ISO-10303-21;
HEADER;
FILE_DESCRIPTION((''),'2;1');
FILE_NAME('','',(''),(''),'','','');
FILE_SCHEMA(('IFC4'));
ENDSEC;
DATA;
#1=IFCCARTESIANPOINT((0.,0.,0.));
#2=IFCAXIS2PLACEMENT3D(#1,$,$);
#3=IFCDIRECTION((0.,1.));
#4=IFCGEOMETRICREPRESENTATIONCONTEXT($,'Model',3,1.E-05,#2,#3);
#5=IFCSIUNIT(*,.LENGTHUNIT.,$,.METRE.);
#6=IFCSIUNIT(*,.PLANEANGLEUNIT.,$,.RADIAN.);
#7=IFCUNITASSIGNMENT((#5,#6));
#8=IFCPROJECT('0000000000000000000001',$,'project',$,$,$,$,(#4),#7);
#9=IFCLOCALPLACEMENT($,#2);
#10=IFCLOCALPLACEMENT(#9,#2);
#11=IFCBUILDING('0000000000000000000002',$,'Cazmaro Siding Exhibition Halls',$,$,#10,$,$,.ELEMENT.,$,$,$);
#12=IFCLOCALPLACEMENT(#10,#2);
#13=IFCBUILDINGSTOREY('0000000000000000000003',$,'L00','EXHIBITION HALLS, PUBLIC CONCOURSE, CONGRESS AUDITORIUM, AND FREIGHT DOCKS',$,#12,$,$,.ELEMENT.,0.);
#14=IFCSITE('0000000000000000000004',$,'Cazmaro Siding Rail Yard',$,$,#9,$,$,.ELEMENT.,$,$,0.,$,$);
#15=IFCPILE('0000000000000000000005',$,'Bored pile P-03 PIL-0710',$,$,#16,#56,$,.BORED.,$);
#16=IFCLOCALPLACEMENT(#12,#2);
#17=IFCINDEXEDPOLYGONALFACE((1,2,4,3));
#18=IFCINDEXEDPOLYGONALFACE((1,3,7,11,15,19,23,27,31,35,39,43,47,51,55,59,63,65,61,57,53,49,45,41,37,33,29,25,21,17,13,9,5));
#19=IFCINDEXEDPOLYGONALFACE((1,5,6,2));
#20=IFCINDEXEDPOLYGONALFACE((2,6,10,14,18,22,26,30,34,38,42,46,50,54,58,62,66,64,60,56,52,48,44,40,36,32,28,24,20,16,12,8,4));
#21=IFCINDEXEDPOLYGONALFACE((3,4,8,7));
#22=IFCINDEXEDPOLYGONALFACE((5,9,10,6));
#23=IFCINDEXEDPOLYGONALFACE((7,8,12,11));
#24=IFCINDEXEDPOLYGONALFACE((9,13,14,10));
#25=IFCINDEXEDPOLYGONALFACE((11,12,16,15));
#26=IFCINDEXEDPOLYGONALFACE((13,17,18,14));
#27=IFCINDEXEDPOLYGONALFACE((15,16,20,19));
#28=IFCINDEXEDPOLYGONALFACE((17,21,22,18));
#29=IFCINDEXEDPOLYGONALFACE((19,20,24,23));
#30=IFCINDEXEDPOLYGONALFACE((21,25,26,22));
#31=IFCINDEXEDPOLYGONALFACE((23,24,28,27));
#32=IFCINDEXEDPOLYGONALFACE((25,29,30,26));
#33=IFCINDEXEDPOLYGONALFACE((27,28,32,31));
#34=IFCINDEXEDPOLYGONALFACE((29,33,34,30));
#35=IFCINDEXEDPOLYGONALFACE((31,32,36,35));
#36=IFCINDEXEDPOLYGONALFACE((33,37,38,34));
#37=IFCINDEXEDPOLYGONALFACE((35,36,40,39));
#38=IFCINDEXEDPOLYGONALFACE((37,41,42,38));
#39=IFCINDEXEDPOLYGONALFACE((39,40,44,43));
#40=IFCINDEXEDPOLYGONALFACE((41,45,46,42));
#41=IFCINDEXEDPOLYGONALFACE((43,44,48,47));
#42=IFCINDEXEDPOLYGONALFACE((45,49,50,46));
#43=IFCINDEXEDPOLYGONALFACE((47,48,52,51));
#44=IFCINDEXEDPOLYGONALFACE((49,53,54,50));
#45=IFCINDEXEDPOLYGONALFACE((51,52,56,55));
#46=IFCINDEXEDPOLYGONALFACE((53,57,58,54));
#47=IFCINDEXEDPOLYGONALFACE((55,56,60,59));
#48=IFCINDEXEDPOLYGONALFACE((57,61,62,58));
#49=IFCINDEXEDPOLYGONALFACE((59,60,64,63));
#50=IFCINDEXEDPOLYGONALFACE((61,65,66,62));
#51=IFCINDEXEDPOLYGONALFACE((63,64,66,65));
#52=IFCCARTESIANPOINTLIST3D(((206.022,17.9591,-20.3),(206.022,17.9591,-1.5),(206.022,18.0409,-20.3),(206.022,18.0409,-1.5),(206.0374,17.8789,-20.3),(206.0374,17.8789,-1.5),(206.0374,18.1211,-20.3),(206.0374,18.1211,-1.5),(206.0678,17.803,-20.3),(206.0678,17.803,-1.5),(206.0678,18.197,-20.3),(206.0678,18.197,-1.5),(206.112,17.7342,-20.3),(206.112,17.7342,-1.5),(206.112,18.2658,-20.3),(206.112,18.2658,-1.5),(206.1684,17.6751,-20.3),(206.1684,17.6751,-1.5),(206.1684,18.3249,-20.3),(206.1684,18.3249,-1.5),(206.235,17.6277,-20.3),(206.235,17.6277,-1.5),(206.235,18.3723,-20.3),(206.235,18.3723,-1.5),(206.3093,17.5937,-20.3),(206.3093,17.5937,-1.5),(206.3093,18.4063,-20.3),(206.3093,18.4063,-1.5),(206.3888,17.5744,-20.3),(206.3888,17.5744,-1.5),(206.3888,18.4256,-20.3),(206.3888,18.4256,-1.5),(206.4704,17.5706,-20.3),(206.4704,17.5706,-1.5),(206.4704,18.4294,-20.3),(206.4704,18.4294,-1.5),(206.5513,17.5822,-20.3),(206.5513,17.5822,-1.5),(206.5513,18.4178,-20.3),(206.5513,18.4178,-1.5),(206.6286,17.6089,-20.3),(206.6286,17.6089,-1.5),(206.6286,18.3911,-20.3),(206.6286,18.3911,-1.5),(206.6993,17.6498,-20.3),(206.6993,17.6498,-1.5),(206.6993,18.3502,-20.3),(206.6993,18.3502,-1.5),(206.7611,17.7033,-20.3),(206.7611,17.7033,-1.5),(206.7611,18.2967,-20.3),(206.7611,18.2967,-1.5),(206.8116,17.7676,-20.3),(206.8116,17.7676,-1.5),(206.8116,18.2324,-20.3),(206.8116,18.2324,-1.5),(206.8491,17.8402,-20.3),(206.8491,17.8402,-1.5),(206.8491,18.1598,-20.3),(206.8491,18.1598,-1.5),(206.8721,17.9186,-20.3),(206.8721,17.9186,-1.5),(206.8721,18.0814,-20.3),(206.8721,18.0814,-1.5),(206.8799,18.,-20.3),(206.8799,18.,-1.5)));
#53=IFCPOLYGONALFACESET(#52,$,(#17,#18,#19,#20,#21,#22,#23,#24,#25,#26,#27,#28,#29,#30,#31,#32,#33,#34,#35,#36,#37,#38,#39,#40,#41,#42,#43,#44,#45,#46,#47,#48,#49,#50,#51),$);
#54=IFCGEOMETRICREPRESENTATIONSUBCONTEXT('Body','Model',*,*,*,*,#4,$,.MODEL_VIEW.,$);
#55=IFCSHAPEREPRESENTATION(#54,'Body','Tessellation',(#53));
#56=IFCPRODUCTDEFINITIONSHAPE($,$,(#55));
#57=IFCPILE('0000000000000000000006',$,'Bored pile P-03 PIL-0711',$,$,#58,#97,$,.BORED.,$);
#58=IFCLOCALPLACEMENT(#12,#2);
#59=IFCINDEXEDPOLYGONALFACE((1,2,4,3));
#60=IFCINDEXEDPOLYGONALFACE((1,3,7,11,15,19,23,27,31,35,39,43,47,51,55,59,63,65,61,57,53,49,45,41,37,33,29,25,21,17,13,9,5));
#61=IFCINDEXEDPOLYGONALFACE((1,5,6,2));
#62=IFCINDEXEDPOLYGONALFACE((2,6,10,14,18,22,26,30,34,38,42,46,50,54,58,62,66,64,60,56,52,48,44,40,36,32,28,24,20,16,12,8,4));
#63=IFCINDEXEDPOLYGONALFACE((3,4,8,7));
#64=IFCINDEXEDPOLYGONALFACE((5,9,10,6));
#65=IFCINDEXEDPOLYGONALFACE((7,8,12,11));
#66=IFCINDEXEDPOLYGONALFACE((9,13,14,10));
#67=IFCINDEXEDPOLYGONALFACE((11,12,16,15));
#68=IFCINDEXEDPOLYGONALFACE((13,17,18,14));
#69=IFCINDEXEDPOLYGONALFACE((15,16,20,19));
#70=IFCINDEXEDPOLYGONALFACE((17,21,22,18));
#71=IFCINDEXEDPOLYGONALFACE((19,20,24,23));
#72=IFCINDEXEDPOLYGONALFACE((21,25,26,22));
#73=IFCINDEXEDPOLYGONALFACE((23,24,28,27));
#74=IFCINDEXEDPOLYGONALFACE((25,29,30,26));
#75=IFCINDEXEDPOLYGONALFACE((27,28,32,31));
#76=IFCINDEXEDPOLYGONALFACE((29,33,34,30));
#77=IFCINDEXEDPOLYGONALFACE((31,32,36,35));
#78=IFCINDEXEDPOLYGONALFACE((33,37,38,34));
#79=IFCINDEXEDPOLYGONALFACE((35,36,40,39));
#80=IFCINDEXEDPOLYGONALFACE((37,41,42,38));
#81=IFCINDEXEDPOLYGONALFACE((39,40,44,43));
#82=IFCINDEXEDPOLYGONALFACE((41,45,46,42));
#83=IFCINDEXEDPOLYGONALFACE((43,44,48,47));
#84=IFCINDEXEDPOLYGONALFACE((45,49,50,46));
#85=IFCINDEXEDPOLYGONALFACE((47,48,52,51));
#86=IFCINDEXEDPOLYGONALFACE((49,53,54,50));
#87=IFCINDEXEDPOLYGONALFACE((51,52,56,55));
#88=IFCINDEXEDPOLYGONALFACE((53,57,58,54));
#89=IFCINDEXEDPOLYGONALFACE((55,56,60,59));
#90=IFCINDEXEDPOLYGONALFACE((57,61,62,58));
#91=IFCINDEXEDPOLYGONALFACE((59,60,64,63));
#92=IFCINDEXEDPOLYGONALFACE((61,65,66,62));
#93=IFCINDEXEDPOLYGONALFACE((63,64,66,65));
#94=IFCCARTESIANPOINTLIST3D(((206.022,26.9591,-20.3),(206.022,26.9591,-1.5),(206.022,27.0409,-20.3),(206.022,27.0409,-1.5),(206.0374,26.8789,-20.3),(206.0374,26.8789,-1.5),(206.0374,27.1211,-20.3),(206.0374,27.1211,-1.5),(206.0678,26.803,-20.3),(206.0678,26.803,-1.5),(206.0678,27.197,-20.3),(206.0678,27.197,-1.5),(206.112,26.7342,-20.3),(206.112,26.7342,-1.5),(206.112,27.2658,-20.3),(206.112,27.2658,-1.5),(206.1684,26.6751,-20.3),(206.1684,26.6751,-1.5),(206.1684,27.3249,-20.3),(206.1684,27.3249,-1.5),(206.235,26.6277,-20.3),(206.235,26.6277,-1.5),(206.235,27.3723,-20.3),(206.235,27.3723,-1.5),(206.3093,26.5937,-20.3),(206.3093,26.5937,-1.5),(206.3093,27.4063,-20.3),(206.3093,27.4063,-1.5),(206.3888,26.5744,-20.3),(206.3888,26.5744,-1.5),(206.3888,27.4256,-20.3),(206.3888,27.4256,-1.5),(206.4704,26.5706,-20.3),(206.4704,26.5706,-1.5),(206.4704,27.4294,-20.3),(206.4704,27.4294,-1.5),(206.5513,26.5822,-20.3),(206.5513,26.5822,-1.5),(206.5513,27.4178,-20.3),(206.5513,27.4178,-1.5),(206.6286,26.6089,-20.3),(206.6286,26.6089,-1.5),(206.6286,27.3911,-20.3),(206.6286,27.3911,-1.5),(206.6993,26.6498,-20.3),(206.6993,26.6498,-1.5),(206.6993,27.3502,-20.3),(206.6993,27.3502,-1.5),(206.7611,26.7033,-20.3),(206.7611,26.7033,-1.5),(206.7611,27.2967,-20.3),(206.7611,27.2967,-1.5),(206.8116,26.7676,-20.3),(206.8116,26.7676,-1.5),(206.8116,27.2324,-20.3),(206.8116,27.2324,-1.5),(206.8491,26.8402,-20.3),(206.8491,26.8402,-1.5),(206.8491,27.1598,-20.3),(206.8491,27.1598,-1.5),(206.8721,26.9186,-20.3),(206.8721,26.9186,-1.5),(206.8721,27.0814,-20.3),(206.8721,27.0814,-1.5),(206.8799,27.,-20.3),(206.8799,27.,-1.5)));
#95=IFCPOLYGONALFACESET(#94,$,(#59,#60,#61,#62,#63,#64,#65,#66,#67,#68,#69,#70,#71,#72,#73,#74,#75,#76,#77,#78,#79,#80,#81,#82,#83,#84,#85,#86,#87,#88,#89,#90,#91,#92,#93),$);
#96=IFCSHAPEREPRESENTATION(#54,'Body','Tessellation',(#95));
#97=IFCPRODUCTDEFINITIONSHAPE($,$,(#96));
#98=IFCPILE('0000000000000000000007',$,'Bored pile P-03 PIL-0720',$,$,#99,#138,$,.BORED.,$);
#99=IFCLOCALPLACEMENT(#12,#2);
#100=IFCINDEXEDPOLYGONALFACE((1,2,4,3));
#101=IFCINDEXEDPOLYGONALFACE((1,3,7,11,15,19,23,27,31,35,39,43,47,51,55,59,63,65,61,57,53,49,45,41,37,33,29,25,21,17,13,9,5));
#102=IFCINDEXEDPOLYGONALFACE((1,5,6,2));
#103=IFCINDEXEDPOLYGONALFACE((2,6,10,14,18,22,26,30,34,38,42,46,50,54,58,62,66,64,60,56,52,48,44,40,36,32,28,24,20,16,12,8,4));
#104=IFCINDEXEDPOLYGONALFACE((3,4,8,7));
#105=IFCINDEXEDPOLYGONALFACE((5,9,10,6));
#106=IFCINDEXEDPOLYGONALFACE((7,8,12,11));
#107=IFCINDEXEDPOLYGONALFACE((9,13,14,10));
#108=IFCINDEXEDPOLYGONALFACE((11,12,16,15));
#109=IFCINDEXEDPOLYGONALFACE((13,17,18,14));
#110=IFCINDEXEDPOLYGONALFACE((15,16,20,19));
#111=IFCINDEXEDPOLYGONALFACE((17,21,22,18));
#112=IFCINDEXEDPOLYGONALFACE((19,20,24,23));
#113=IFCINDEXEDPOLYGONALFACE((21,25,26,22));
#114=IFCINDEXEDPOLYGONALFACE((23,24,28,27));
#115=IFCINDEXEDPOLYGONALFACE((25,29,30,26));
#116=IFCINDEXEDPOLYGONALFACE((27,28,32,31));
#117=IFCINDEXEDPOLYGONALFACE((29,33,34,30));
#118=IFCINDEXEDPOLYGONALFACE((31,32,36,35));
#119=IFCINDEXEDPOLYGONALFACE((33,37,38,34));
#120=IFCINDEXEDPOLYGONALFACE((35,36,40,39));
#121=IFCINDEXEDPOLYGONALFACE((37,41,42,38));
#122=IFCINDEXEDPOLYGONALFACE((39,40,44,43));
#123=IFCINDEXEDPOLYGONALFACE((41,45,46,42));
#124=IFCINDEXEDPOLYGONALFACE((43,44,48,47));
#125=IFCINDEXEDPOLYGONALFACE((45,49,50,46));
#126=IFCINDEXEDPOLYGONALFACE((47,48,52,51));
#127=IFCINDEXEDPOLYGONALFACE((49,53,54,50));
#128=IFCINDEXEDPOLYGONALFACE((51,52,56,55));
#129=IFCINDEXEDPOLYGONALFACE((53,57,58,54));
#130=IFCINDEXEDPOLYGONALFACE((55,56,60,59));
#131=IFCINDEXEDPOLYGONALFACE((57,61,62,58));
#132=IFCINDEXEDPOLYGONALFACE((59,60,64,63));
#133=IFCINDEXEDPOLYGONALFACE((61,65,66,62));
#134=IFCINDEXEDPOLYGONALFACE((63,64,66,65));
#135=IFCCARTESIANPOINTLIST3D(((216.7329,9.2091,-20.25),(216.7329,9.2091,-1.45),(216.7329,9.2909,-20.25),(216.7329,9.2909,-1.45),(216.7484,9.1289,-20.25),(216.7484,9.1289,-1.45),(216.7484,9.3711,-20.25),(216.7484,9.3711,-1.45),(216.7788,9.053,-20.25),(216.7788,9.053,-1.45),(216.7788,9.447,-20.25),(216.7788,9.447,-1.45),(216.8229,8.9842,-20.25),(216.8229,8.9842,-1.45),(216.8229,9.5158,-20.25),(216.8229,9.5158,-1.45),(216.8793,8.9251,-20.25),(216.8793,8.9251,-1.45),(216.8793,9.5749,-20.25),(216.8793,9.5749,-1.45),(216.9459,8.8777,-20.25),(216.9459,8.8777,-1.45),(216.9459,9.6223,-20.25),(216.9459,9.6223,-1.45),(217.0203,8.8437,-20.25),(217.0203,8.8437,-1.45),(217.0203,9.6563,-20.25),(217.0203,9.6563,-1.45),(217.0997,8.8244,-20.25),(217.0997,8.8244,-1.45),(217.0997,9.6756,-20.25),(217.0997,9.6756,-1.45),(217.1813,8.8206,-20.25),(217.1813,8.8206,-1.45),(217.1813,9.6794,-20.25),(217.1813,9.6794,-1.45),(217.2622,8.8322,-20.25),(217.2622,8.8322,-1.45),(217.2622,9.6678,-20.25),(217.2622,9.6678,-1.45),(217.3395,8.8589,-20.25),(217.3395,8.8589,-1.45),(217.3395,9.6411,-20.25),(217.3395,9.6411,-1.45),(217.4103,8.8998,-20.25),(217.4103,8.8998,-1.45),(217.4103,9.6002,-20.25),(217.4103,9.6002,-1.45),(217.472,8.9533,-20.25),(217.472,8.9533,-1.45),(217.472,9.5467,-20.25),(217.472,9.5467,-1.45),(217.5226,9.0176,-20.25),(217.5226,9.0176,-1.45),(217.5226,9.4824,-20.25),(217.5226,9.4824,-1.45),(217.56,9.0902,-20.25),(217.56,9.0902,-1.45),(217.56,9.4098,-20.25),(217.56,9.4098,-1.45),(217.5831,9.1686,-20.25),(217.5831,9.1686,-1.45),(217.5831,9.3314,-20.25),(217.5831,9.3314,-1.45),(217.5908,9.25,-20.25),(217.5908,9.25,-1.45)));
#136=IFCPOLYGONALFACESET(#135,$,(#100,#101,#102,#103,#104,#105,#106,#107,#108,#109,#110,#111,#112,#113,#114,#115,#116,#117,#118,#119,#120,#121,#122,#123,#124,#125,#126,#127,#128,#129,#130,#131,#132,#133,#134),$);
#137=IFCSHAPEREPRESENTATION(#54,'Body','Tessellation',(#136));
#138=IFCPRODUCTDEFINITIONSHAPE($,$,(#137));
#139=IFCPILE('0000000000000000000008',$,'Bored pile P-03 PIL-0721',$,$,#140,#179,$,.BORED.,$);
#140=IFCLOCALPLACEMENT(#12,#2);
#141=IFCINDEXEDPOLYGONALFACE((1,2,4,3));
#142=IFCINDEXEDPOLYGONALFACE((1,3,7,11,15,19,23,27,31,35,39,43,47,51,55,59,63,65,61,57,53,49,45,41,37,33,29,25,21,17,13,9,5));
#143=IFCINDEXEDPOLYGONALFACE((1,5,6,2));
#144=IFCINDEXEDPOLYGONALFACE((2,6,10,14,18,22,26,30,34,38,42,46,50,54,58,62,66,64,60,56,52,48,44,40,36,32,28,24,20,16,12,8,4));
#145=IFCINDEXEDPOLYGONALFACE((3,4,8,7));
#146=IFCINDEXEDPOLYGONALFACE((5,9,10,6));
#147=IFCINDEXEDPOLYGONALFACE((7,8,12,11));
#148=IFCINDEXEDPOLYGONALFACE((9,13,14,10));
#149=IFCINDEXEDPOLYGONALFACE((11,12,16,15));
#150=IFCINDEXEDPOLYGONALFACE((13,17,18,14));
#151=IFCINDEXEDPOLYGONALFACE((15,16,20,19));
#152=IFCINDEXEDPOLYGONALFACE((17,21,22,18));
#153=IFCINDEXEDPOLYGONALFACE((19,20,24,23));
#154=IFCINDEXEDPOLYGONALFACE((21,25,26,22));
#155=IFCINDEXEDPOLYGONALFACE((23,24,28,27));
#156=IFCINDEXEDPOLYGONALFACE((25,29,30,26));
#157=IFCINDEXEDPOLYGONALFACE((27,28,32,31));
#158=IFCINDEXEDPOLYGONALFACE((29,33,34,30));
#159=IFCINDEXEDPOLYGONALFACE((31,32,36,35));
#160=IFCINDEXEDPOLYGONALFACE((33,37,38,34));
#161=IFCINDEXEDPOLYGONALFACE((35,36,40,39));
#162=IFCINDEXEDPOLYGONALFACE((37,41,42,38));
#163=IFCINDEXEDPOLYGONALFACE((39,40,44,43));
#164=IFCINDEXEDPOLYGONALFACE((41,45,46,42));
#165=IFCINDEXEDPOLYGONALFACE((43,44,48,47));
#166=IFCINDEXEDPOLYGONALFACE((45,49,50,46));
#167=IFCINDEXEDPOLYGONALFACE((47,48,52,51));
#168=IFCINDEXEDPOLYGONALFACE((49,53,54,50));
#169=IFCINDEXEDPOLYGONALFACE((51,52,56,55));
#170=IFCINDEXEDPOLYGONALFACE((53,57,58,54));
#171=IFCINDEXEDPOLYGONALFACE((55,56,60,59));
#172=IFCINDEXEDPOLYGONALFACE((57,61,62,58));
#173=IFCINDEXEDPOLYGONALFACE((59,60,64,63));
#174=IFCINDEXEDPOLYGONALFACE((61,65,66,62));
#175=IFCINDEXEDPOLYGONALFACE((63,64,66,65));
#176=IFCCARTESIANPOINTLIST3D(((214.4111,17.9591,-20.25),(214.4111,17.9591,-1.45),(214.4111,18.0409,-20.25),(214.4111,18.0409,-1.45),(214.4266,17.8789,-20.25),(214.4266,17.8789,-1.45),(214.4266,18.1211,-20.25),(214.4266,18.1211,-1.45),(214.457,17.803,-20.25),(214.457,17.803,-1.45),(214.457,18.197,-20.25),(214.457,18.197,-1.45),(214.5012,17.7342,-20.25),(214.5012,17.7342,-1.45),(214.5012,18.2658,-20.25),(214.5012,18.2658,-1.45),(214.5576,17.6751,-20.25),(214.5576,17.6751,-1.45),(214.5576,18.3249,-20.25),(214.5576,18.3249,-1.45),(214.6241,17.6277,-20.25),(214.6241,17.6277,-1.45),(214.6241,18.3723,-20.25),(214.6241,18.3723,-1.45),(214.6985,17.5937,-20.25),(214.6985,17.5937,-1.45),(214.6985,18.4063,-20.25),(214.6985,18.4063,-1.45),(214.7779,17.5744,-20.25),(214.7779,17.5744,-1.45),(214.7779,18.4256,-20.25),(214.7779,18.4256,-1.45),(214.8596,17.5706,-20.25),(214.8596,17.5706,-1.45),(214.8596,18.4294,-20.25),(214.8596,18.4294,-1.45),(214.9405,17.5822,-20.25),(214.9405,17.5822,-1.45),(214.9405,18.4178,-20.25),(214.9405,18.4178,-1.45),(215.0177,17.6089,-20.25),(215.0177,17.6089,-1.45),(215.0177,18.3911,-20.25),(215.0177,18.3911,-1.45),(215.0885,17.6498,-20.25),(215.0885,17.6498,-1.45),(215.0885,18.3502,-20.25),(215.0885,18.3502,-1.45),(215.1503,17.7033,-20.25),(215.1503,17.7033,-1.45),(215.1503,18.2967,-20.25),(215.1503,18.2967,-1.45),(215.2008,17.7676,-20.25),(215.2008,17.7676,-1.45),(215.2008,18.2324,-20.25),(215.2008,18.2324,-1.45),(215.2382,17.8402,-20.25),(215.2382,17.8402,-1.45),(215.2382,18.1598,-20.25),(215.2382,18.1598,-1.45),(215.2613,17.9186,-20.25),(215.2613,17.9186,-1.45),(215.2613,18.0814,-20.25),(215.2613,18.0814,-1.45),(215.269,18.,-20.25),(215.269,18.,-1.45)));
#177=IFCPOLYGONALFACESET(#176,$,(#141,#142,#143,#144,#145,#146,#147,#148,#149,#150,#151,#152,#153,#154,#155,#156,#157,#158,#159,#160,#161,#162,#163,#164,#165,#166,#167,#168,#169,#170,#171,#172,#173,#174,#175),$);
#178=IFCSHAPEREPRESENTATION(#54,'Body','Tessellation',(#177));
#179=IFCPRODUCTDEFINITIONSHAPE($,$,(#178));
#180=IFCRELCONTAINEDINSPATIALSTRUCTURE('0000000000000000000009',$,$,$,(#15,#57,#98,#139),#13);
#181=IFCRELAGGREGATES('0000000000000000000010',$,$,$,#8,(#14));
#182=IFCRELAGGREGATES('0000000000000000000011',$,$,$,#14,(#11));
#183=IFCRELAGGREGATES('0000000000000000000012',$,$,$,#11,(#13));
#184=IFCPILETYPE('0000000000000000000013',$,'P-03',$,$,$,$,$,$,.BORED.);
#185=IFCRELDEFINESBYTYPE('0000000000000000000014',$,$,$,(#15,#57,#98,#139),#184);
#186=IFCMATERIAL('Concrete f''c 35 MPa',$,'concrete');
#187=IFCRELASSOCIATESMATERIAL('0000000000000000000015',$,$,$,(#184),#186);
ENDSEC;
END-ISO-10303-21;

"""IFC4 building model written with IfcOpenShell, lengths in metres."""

from ifc_helpers import new_model, si_unit, direction, frame, origin, origin_2d, place, context, subcontext, project, spatial, circle, extrude, material, material_profile, profile_set, type_object, element, save


model = new_model("IFC4")

# Units and contexts
model_context = context("Model", 3, precision=1e-05, world=origin(), true_north=direction((0.0, 1.0)))
body_context = subcontext(model_context, "Body", "Model", "MODEL_VIEW")
ifc_project = project(units=[si_unit("LENGTHUNIT", "METRE"), si_unit("PLANEANGLEUNIT", "RADIAN")], contexts=[model_context])

# Site, building, storey
site_placement = place(None, origin())
site = spatial("IfcSite", under=ifc_project, at=site_placement, Name="Cazmaro Siding Rail Yard", CompositionType="ELEMENT", RefElevation=0.0)
building_placement = place(site_placement, origin())
building = spatial("IfcBuilding", under=site, at=building_placement, Name="Cazmaro Siding Exhibition Halls", CompositionType="ELEMENT")
storey_placement = place(building_placement, origin())
storey = spatial("IfcBuildingStorey", under=building, at=storey_placement, Name="L00", Description="EXHIBITION HALLS, PUBLIC CONCOURSE, CONGRESS AUDITORIUM, AND FREIGHT DOCKS", CompositionType="ELEMENT", Elevation=0.0)

# Piles
ifc_material_1 = material(Name="Concrete f'c 35 MPa", Category="concrete")
ifc_material_profile_1 = material_profile(ifc_material_1, circle(Radius=0.4299, at=origin_2d()), Name="CIDH-860")
ifc_profile_set_1 = profile_set([ifc_material_profile_1], Name="Concrete f'c 35 MPa")
pile_type_1 = type_object("IfcPileType", Name="P-03", PredefinedType="BORED", material=ifc_profile_set_1)
for number, where, z_axis, x_axis, name in (
    (1, (206.45, 18.0, -1.5), (0.0, 0.0, -1.0), (1.0, 0.0, 0.0), "Bored pile P-03 PIL-0710"),
    (2, (206.45, 27.0, -1.5), (0.0, 0.0, -1.0), (1.0, 0.0, 0.0), "Bored pile P-03 PIL-0711"),
    (3, (217.1609, 9.25, -1.45), (0.0, 0.0, -1.0), (1.0, 0.0, 0.0), "Bored pile P-03 PIL-0720"),
    (4, (214.8391, 18.0, -1.45), (0.0, 0.0, -1.0), (1.0, 0.0, 0.0), "Bored pile P-03 PIL-0721"),
):
    element("IfcPile", number, at=place(storey_placement, frame(where, z_axis=z_axis, x_axis=x_axis)), inside=storey, type_object=pile_type_1, Name=name, PredefinedType="BORED", context=body_context, shape_type="SweptSolid", body=[
        extrude(circle(Radius=0.4299, at=origin_2d()), origin(), (0.0, 0.0, 1.0), 18.8),
    ])

save(model, "model.ifc")
